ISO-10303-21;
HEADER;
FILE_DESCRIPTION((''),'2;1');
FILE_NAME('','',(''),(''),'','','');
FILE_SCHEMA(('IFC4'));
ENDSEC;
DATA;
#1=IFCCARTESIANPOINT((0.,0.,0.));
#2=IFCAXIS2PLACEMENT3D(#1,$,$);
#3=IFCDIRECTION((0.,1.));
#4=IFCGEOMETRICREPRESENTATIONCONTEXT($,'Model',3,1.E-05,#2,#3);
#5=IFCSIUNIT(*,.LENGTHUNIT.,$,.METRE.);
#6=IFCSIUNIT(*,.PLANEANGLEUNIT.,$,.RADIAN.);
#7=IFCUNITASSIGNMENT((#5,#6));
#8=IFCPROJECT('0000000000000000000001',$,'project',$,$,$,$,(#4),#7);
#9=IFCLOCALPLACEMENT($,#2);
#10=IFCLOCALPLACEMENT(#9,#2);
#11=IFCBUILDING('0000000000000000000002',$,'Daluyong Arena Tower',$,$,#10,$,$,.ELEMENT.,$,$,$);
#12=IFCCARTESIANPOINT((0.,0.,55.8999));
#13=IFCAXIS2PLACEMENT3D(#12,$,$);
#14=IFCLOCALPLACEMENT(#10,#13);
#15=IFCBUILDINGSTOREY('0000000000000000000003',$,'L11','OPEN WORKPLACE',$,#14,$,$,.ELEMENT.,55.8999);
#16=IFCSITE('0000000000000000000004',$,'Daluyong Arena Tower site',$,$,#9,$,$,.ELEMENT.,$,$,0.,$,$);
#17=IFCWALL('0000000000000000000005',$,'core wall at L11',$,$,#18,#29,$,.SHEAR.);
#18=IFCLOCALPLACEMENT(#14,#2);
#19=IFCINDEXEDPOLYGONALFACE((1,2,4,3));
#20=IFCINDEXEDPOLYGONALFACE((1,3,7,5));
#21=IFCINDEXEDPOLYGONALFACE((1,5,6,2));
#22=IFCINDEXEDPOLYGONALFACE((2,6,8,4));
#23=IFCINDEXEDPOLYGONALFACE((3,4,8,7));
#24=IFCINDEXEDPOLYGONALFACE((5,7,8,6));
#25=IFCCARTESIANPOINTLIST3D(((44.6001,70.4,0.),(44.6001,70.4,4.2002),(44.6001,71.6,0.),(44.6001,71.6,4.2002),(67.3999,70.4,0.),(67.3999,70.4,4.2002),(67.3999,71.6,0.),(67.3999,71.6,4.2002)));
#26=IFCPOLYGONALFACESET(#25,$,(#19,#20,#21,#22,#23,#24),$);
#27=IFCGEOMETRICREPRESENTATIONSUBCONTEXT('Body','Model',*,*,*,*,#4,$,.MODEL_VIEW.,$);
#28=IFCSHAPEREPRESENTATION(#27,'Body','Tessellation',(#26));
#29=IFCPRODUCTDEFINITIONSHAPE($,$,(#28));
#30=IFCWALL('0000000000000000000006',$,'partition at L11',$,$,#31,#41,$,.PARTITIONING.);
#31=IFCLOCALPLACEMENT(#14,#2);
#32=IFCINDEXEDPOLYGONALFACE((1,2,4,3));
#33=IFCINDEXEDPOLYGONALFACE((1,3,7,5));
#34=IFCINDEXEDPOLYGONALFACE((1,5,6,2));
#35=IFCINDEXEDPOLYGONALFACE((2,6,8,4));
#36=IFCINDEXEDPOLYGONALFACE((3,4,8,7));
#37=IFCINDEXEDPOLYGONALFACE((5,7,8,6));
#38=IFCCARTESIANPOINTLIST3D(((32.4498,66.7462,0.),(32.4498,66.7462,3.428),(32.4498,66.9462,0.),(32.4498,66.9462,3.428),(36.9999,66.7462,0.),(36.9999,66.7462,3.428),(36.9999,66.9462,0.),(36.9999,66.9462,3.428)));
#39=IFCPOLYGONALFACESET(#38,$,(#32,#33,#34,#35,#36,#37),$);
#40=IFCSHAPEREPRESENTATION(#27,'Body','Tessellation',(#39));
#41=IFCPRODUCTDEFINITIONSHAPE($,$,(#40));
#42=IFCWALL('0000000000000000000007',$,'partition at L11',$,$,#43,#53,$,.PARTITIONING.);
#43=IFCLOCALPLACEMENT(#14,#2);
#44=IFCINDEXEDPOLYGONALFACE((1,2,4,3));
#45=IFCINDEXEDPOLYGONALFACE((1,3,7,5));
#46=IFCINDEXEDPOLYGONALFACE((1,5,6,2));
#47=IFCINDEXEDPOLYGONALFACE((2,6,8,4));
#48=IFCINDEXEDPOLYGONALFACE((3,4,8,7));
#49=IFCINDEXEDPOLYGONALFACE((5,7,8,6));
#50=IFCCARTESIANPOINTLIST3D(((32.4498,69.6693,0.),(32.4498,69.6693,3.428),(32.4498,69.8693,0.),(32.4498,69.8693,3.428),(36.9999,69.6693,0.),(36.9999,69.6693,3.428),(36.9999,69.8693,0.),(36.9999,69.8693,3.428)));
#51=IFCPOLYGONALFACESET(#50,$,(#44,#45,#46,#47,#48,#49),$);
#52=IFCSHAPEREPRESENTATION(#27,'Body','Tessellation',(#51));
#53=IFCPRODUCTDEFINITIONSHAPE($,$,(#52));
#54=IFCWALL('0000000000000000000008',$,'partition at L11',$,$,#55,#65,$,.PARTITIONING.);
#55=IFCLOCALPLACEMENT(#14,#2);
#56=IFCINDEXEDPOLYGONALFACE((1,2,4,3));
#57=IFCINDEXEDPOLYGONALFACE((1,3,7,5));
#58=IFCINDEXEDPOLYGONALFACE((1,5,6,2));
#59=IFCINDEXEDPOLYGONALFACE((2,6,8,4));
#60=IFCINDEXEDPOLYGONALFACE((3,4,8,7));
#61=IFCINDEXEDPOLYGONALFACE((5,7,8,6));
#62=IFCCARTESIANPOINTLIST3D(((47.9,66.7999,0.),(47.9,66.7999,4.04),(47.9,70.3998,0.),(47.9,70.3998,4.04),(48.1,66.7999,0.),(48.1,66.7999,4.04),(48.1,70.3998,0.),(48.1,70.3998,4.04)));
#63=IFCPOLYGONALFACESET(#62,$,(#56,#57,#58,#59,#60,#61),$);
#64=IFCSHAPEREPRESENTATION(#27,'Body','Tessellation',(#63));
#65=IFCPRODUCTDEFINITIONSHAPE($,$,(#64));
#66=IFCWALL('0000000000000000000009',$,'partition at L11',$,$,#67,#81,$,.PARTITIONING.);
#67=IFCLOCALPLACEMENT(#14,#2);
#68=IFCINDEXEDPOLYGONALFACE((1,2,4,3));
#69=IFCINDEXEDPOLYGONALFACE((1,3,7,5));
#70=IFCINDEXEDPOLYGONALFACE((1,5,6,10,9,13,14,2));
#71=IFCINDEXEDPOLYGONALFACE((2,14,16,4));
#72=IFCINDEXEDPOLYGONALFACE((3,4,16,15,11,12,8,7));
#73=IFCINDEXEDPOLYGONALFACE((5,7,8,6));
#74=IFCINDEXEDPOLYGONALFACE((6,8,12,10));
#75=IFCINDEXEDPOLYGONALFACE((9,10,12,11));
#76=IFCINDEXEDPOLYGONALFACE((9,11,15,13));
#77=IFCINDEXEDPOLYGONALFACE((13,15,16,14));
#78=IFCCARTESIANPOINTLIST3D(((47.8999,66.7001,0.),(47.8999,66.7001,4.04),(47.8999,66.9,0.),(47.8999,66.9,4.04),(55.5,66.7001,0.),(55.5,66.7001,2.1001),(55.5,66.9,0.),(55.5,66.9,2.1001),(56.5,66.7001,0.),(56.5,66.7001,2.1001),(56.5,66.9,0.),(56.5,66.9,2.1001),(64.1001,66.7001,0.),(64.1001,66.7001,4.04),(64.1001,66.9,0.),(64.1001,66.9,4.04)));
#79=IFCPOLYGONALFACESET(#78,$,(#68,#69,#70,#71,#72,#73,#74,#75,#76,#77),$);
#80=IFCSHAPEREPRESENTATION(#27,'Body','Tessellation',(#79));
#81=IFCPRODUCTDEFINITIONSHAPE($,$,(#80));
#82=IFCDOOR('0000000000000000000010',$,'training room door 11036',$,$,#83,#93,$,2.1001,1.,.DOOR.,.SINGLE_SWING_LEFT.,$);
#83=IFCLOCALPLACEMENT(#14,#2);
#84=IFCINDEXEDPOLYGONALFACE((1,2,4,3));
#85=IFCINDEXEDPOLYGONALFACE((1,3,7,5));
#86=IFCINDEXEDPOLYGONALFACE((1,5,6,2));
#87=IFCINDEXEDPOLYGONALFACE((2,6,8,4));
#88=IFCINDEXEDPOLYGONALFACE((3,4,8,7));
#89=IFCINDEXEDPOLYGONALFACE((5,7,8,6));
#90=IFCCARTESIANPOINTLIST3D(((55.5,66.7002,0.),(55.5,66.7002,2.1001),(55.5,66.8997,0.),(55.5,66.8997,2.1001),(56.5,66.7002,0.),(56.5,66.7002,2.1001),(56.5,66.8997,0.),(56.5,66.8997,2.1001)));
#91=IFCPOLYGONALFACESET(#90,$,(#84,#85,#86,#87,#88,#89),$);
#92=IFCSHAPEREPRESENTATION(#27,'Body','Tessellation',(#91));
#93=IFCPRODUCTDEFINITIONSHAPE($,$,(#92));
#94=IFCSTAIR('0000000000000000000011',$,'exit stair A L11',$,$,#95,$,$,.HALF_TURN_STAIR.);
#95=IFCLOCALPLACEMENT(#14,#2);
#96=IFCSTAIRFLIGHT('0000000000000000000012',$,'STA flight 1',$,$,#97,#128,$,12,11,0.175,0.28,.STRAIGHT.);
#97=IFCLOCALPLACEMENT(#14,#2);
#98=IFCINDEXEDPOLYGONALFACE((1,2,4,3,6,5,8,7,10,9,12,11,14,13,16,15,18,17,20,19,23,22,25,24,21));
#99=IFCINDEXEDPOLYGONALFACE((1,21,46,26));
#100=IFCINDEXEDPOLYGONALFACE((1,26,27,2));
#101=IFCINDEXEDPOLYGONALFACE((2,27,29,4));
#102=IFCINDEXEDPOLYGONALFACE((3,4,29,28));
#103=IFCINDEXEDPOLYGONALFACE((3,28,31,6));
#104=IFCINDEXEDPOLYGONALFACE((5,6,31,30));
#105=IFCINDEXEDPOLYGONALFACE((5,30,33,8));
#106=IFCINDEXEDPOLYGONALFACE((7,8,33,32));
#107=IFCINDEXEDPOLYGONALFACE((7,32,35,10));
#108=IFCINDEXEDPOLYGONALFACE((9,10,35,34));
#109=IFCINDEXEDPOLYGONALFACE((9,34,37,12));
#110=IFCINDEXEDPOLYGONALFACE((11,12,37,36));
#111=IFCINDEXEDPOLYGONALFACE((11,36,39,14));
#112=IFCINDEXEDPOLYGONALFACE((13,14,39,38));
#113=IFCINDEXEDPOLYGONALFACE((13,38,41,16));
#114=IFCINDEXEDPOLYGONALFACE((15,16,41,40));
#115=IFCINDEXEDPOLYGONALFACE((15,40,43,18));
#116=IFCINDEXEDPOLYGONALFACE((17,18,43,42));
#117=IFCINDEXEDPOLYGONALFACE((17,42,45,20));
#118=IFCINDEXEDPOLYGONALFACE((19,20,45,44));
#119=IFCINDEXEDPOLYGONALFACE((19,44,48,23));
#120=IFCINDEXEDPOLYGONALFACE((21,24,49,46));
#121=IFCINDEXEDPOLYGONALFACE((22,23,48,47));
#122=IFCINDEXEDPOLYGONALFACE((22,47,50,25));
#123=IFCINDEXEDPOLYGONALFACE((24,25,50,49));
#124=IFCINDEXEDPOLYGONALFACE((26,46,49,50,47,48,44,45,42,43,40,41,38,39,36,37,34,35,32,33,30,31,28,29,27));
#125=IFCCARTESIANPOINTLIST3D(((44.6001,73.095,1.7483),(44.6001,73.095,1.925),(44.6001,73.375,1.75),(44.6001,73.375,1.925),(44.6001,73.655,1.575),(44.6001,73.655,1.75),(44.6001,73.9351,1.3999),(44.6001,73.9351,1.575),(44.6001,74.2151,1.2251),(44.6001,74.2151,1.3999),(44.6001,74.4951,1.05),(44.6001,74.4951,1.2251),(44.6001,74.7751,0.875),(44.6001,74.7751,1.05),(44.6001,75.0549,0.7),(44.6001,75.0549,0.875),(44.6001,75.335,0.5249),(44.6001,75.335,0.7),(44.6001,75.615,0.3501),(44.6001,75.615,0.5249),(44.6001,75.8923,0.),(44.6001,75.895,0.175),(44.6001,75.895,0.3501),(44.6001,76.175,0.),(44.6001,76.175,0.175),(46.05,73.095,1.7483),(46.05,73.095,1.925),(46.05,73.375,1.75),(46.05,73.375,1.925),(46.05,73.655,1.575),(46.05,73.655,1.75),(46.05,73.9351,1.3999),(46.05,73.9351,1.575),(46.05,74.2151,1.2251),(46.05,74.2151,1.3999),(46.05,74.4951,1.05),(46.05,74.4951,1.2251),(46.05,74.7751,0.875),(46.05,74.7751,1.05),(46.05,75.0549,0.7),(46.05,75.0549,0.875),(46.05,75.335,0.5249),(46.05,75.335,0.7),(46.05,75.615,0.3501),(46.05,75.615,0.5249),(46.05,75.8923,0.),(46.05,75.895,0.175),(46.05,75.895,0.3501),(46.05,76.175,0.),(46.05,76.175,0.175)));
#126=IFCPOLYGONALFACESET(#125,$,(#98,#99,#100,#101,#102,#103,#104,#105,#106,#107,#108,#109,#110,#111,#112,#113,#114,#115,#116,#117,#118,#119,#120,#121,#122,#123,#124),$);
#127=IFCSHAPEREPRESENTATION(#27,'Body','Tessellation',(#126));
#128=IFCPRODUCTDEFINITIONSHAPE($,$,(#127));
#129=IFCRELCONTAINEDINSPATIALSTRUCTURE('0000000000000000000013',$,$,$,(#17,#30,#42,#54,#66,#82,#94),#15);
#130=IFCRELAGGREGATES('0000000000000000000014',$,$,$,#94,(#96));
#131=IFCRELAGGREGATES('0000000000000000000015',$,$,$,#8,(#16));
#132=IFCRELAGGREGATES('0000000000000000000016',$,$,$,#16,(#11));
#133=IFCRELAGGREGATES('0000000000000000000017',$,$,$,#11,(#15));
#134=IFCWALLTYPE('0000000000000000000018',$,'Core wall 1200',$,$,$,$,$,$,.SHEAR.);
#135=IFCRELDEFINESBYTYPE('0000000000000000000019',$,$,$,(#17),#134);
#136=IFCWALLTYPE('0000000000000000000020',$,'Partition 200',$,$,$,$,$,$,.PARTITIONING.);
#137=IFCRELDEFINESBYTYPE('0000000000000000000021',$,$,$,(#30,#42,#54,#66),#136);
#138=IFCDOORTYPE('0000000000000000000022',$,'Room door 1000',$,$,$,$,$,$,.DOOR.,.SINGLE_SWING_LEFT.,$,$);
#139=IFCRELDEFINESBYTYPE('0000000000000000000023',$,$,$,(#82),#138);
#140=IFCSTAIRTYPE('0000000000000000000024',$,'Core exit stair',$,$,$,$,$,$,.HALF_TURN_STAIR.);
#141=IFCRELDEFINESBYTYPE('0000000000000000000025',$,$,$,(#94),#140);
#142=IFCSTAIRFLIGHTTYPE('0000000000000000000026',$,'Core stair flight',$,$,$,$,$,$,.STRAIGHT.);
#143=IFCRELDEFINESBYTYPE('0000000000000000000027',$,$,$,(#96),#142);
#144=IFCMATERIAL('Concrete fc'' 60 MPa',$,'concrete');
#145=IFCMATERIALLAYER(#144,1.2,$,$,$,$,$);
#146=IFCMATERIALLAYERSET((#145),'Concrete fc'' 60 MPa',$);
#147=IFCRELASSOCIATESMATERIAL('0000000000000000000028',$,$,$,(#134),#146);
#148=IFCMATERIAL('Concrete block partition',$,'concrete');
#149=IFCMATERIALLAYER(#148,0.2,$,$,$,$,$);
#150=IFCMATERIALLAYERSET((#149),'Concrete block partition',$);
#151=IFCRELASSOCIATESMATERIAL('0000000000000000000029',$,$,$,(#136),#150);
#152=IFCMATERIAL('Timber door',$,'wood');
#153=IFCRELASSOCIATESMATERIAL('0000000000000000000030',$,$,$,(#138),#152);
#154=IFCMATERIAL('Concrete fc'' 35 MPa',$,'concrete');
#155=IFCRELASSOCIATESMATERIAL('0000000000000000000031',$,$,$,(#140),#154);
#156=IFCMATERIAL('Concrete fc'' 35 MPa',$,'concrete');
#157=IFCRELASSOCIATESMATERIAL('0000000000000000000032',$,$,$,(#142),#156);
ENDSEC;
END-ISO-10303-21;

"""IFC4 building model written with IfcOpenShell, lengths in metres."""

from ifc_helpers import new_model, si_unit, direction, frame, frame_2d, origin, place, context, subcontext, project, spatial, polyline, rectangle, outline, extrude, material, layer, layer_set, type_object, element, fill, aggregate, save


model = new_model("IFC4")

# Units and contexts
model_context = context("Model", 3, precision=1e-05, world=origin(), true_north=direction((0.0, 1.0)))
body_context = subcontext(model_context, "Body", "Model", "MODEL_VIEW")
ifc_project = project(units=[si_unit("LENGTHUNIT", "METRE"), si_unit("PLANEANGLEUNIT", "RADIAN")], contexts=[model_context])

# Site, building, storey
site_placement = place(None, origin())
site = spatial("IfcSite", under=ifc_project, at=site_placement, Name="Daluyong Arena Tower site", CompositionType="ELEMENT", RefElevation=0.0)
building_placement = place(site_placement, origin())
building = spatial("IfcBuilding", under=site, at=building_placement, Name="Daluyong Arena Tower", CompositionType="ELEMENT")
storey_placement = place(building_placement, frame((0.0, 0.0, 55.8999)))
storey = spatial("IfcBuildingStorey", under=building, at=storey_placement, Name="L11", Description="OPEN WORKPLACE", CompositionType="ELEMENT", Elevation=55.8999)

# Shared definitions
ifc_material_1 = material(Name="Concrete fc' 60 MPa", Category="concrete")
ifc_layer_1 = layer(ifc_material_1, 1.2)
ifc_layer_set_1 = layer_set([ifc_layer_1], Name="Concrete fc' 60 MPa")
wall_type_1 = type_object("IfcWallType", Name="Core wall 1200", PredefinedType="SHEAR", material=ifc_layer_set_1)

# Walls
wall_1_placement = place(storey_placement, frame((44.6001, 71.0, 0.0), z_axis=(0.0, 0.0, 1.0), x_axis=(1.0, 0.0, 0.0)))
element("IfcWall", 1, at=wall_1_placement, inside=storey, type_object=wall_type_1, Name="core wall at L11", PredefinedType="SHEAR", context=body_context, shape_type="SweptSolid", body=[
    extrude(rectangle(XDim=22.7998, YDim=1.2, at=frame_2d((11.3999, 0.0))), origin(), (0.0, 0.0, 1.0), 4.2002),
])
ifc_material_2 = material(Name="Concrete block partition", Category="concrete")
ifc_layer_2 = layer(ifc_material_2, 0.2)
ifc_layer_set_2 = layer_set([ifc_layer_2], Name="Concrete block partition")
wall_type_2 = type_object("IfcWallType", Name="Partition 200", PredefinedType="PARTITIONING", material=ifc_layer_set_2)
for number, where, z_axis, x_axis, name in (
    (2, (32.45, 66.8462, 0.0), (0.0, 0.0, 1.0), (1.0, 0.0, 0.0), "partition at L11"),
    (3, (32.45, 69.7693, 0.0), (0.0, 0.0, 1.0), (1.0, 0.0, 0.0), "partition at L11"),
):
    element("IfcWall", number, at=place(storey_placement, frame(where, z_axis=z_axis, x_axis=x_axis)), inside=storey, type_object=wall_type_2, Name=name, PredefinedType="PARTITIONING", context=body_context, shape_type="SweptSolid", body=[
        extrude(rectangle(XDim=4.55, YDim=0.2, at=frame_2d((2.2749, 0.0))), origin(), (0.0, 0.0, 1.0), 3.428),
    ])
wall_2_placement = place(storey_placement, frame((48.0, 66.8, 0.0), z_axis=(0.0, 0.0, 1.0), x_axis=(0.0, 1.0, 0.0)))
element("IfcWall", 4, at=wall_2_placement, inside=storey, type_object=wall_type_2, Name="partition at L11", PredefinedType="PARTITIONING", context=body_context, shape_type="SweptSolid", body=[
    extrude(rectangle(XDim=3.5999, YDim=0.2, at=frame_2d((1.7998, 0.0))), origin(), (0.0, 0.0, 1.0), 4.04),
])

# Wall, opening, door
wall_3_placement = place(storey_placement, frame((47.8999, 66.8, 0.0), z_axis=(0.0, 0.0, 1.0), x_axis=(1.0, 0.0, 0.0)))
wall_3 = element("IfcWall", 5, at=wall_3_placement, inside=storey, type_object=wall_type_2, Name="partition at L11", PredefinedType="PARTITIONING", context=body_context, shape_type="SweptSolid", body=[
    extrude(rectangle(XDim=16.2002, YDim=0.2, at=frame_2d((8.1001, 0.0))), origin(), (0.0, 0.0, 1.0), 4.04),
])
opening_1_placement = place(wall_3_placement, frame((7.6001, 0.0, 0.0)))
opening_1 = element("IfcOpeningElement", 6, at=opening_1_placement, cuts=wall_3, PredefinedType="OPENING", context=body_context, shape_type="SweptSolid", body=[
    extrude(rectangle(XDim=1.0, YDim=2.1001, at=frame_2d((0.5, 1.05))), frame((0.0, 0.1099, 0.0), z_axis=(0.0, -1.0, 0.0), x_axis=(1.0, 0.0, 0.0)), (0.0, 0.0, 1.0), 0.22),
])
ifc_material_3 = material(Name="Timber door", Category="wood")
door_type_1 = type_object("IfcDoorType", Name="Room door 1000", OperationType="SINGLE_SWING_LEFT", PredefinedType="DOOR", material=ifc_material_3)
door_1_placement = place(opening_1_placement, origin())
door_1 = element("IfcDoor", 7, at=door_1_placement, inside=storey, type_object=door_type_1, Name="training room door 11036", OperationType="SINGLE_SWING_LEFT", OverallHeight=2.1001, OverallWidth=1.0, PredefinedType="DOOR", context=body_context, shape_type="SweptSolid", body=[
    extrude(rectangle(XDim=1.0, YDim=2.1001, at=frame_2d((0.5, 1.05))), frame((0.0, 0.0996, 0.0), z_axis=(0.0, -1.0, 0.0), x_axis=(1.0, 0.0, 0.0)), (0.0, 0.0, 1.0), 0.1995),
])
fill(opening_1, door_1)

# Stair, stair flight
ifc_material_4 = material(Name="Concrete fc' 35 MPa", Category="concrete")
stair_type = type_object("IfcStairType", Name="Core exit stair", PredefinedType="HALF_TURN_STAIR", material=ifc_material_4)
stair_placement = place(storey_placement, origin())
stair = element("IfcStair", 8, at=stair_placement, inside=storey, type_object=stair_type, Name="exit stair A L11", PredefinedType="HALF_TURN_STAIR")
ifc_material_5 = material(Name="Concrete fc' 35 MPa", Category="concrete")
stair_flight_type = type_object("IfcStairFlightType", Name="Core stair flight", PredefinedType="STRAIGHT", material=ifc_material_5)
stair_flight_placement = place(storey_placement, frame((45.325, 76.175, 0.0), z_axis=(0.0, 0.0, 1.0), x_axis=(0.0, -1.0, 0.0)))
stair_flight = element("IfcStairFlight", 9, at=stair_flight_placement, type_object=stair_flight_type, Name="STA flight 1", NumberOfRisers=12, NumberOfTreads=11, PredefinedType="STRAIGHT", RiserHeight=0.175, TreadLength=0.28, context=body_context, shape_type="SweptSolid", body=[
    extrude(outline(polyline([(0.0, 0.0), (0.0, 0.175), (0.28, 0.175), (0.28, 0.3501), (0.5601, 0.3501), (0.5601, 0.5249), (0.8401, 0.5249), (0.8401, 0.7), (1.1201, 0.7), (1.1201, 0.875), (1.3999, 0.875), (1.3999, 1.05), (1.6799, 1.05), (1.6799, 1.2251), (1.96, 1.2251), (1.96, 1.3999), (2.24, 1.3999), (2.24, 1.575), (2.52, 1.575), (2.52, 1.75), (2.8, 1.75), (2.8, 1.925), (3.0801, 1.925), (3.0801, 2.1001), (3.0801, 1.7483), (0.2827, 0.0), (0.0, 0.0)])), frame((0.0, 0.7251, 0.0), z_axis=(0.0, -1.0, 0.0), x_axis=(1.0, 0.0, 0.0)), (0.0, 0.0, 1.0), 1.45),
])
aggregate(stair, [stair_flight])

save(model, "model.ifc")
